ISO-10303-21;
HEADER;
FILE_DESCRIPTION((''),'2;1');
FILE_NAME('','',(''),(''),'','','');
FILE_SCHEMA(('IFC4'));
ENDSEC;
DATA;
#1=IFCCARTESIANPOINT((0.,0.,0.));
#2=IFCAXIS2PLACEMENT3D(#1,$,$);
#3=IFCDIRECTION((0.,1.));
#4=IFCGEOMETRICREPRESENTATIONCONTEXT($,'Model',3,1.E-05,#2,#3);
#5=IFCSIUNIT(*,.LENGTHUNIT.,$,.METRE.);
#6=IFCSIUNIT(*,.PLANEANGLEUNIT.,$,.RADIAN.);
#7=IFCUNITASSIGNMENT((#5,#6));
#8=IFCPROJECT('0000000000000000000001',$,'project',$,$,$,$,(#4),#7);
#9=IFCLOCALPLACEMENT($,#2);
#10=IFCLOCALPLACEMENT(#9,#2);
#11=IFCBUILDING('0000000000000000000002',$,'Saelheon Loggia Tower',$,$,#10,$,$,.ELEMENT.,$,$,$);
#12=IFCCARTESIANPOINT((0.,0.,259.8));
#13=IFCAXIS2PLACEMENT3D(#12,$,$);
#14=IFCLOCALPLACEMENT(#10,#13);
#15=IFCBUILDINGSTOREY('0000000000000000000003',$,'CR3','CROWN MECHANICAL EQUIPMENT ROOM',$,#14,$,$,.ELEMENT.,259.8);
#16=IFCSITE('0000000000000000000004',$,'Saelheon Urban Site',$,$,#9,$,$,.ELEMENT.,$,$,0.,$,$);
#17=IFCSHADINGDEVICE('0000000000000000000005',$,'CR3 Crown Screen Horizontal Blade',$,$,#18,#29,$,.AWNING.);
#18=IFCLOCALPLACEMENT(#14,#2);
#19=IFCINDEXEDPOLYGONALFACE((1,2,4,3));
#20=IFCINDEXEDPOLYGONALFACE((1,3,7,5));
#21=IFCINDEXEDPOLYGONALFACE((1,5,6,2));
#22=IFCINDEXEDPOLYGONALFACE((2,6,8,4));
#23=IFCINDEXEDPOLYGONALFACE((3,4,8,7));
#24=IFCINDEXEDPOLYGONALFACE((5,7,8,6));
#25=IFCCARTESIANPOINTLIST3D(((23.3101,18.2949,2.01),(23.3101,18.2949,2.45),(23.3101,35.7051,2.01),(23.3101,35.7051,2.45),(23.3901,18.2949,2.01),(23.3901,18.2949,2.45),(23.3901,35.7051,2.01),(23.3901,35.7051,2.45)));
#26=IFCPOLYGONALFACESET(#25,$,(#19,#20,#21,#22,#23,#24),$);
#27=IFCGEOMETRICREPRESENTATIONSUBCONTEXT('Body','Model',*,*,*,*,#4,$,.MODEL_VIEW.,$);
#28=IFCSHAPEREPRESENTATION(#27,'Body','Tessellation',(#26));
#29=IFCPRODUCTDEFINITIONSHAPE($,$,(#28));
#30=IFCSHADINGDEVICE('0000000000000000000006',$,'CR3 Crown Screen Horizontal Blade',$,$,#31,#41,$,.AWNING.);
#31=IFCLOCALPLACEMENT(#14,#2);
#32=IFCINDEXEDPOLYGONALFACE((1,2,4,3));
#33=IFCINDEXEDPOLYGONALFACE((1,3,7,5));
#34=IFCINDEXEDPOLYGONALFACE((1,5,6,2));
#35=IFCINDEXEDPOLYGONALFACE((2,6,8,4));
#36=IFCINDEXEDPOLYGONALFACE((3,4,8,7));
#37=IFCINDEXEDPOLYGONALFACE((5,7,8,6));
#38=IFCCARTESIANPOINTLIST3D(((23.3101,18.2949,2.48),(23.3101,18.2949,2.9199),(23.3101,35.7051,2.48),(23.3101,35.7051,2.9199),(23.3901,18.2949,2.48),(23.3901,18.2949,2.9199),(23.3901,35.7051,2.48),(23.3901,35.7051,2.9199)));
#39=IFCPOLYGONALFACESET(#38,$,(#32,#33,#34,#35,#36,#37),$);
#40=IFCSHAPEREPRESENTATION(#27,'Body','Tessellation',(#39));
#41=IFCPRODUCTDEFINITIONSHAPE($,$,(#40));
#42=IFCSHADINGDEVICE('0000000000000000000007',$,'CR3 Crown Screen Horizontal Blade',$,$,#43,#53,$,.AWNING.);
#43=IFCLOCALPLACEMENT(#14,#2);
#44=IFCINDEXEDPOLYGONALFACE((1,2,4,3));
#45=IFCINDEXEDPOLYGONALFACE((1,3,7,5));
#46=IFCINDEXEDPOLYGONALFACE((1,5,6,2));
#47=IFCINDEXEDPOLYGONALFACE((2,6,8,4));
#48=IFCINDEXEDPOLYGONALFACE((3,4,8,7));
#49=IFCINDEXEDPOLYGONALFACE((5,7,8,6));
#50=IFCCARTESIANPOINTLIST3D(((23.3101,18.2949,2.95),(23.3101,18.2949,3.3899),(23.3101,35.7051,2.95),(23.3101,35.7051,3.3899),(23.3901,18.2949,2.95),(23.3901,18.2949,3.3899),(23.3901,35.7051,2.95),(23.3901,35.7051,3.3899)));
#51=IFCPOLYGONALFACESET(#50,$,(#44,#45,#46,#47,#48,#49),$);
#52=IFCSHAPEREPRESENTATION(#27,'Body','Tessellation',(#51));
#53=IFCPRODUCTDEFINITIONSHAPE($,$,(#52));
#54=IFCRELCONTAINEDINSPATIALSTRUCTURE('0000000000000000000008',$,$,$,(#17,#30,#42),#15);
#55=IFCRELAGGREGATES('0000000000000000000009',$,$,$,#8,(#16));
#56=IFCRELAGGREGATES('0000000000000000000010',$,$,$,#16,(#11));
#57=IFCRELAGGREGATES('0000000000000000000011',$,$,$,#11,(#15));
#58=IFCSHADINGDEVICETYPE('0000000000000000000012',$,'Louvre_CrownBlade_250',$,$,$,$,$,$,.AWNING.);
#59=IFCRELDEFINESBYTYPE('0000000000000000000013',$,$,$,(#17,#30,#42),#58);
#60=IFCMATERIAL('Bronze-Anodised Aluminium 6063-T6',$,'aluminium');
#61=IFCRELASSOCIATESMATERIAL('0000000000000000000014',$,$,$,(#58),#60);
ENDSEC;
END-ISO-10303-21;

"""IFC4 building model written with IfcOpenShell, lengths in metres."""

from ifc_helpers import new_model, si_unit, direction, frame, origin, origin_2d, place, context, subcontext, project, spatial, rectangle, extrude, source, transform, mapped, material, material_profile, profile_set, type_object, element, save


model = new_model("IFC4")

# Units and contexts
model_context = context("Model", 3, precision=1e-05, world=origin(), true_north=direction((0.0, 1.0)))
body_context = subcontext(model_context, "Body", "Model", "MODEL_VIEW")
ifc_project = project(units=[si_unit("LENGTHUNIT", "METRE"), si_unit("PLANEANGLEUNIT", "RADIAN")], contexts=[model_context])

# Site, building, storey
site_placement = place(None, origin())
site = spatial("IfcSite", under=ifc_project, at=site_placement, Name="Saelheon Urban Site", CompositionType="ELEMENT", RefElevation=0.0)
building_placement = place(site_placement, origin())
building = spatial("IfcBuilding", under=site, at=building_placement, Name="Saelheon Loggia Tower", CompositionType="ELEMENT")
storey_placement = place(building_placement, frame((0.0, 0.0, 259.8)))
storey = spatial("IfcBuildingStorey", under=building, at=storey_placement, Name="CR3", Description="CROWN MECHANICAL EQUIPMENT ROOM", CompositionType="ELEMENT", Elevation=259.8)

# Shared definitions
ifc_material_1 = material(Name="Bronze-Anodised Aluminium 6063-T6", Category="aluminium")

# Shading devices
ifc_material_profile_1 = material_profile(ifc_material_1, rectangle(XDim=0.0801, YDim=0.4399, at=origin_2d()), Name="Louvre_CrownBlade_250")
ifc_profile_set_1 = profile_set([ifc_material_profile_1], Name="Bronze-Anodised Aluminium 6063-T6")
shading_device_type = type_object("IfcShadingDeviceType", Name="Louvre_CrownBlade_250", PredefinedType="AWNING", material=ifc_profile_set_1)
shared_shape_1 = source(origin(), body_context, "Body", "SweptSolid", [
    extrude(rectangle(XDim=0.0801, YDim=0.4399, at=origin_2d()), origin(), (0.0, 0.0, 1.0), 17.4102),
])
for number, where, z_axis, x_axis, name in (
    (1, (23.3501, 35.7051, 2.23), (0.0, -1.0, 0.0), (1.0, 0.0, 0.0), "CR3 Crown Screen Horizontal Blade"),
    (2, (23.3501, 35.7051, 2.7), (0.0, -1.0, 0.0), (1.0, 0.0, 0.0), "CR3 Crown Screen Horizontal Blade"),
    (3, (23.3501, 35.7051, 3.1699), (0.0, -1.0, 0.0), (1.0, 0.0, 0.0), "CR3 Crown Screen Horizontal Blade"),
):
    element("IfcShadingDevice", number, at=place(storey_placement, frame(where, z_axis=z_axis, x_axis=x_axis)), inside=storey, type_object=shading_device_type, Name=name, PredefinedType="AWNING", context=body_context, shape_type="MappedRepresentation", body=[
        mapped(shared_shape_1, transform((0.0, 0.0, 0.0), scale=1.0)),
    ])

save(model, "model.ifc")
